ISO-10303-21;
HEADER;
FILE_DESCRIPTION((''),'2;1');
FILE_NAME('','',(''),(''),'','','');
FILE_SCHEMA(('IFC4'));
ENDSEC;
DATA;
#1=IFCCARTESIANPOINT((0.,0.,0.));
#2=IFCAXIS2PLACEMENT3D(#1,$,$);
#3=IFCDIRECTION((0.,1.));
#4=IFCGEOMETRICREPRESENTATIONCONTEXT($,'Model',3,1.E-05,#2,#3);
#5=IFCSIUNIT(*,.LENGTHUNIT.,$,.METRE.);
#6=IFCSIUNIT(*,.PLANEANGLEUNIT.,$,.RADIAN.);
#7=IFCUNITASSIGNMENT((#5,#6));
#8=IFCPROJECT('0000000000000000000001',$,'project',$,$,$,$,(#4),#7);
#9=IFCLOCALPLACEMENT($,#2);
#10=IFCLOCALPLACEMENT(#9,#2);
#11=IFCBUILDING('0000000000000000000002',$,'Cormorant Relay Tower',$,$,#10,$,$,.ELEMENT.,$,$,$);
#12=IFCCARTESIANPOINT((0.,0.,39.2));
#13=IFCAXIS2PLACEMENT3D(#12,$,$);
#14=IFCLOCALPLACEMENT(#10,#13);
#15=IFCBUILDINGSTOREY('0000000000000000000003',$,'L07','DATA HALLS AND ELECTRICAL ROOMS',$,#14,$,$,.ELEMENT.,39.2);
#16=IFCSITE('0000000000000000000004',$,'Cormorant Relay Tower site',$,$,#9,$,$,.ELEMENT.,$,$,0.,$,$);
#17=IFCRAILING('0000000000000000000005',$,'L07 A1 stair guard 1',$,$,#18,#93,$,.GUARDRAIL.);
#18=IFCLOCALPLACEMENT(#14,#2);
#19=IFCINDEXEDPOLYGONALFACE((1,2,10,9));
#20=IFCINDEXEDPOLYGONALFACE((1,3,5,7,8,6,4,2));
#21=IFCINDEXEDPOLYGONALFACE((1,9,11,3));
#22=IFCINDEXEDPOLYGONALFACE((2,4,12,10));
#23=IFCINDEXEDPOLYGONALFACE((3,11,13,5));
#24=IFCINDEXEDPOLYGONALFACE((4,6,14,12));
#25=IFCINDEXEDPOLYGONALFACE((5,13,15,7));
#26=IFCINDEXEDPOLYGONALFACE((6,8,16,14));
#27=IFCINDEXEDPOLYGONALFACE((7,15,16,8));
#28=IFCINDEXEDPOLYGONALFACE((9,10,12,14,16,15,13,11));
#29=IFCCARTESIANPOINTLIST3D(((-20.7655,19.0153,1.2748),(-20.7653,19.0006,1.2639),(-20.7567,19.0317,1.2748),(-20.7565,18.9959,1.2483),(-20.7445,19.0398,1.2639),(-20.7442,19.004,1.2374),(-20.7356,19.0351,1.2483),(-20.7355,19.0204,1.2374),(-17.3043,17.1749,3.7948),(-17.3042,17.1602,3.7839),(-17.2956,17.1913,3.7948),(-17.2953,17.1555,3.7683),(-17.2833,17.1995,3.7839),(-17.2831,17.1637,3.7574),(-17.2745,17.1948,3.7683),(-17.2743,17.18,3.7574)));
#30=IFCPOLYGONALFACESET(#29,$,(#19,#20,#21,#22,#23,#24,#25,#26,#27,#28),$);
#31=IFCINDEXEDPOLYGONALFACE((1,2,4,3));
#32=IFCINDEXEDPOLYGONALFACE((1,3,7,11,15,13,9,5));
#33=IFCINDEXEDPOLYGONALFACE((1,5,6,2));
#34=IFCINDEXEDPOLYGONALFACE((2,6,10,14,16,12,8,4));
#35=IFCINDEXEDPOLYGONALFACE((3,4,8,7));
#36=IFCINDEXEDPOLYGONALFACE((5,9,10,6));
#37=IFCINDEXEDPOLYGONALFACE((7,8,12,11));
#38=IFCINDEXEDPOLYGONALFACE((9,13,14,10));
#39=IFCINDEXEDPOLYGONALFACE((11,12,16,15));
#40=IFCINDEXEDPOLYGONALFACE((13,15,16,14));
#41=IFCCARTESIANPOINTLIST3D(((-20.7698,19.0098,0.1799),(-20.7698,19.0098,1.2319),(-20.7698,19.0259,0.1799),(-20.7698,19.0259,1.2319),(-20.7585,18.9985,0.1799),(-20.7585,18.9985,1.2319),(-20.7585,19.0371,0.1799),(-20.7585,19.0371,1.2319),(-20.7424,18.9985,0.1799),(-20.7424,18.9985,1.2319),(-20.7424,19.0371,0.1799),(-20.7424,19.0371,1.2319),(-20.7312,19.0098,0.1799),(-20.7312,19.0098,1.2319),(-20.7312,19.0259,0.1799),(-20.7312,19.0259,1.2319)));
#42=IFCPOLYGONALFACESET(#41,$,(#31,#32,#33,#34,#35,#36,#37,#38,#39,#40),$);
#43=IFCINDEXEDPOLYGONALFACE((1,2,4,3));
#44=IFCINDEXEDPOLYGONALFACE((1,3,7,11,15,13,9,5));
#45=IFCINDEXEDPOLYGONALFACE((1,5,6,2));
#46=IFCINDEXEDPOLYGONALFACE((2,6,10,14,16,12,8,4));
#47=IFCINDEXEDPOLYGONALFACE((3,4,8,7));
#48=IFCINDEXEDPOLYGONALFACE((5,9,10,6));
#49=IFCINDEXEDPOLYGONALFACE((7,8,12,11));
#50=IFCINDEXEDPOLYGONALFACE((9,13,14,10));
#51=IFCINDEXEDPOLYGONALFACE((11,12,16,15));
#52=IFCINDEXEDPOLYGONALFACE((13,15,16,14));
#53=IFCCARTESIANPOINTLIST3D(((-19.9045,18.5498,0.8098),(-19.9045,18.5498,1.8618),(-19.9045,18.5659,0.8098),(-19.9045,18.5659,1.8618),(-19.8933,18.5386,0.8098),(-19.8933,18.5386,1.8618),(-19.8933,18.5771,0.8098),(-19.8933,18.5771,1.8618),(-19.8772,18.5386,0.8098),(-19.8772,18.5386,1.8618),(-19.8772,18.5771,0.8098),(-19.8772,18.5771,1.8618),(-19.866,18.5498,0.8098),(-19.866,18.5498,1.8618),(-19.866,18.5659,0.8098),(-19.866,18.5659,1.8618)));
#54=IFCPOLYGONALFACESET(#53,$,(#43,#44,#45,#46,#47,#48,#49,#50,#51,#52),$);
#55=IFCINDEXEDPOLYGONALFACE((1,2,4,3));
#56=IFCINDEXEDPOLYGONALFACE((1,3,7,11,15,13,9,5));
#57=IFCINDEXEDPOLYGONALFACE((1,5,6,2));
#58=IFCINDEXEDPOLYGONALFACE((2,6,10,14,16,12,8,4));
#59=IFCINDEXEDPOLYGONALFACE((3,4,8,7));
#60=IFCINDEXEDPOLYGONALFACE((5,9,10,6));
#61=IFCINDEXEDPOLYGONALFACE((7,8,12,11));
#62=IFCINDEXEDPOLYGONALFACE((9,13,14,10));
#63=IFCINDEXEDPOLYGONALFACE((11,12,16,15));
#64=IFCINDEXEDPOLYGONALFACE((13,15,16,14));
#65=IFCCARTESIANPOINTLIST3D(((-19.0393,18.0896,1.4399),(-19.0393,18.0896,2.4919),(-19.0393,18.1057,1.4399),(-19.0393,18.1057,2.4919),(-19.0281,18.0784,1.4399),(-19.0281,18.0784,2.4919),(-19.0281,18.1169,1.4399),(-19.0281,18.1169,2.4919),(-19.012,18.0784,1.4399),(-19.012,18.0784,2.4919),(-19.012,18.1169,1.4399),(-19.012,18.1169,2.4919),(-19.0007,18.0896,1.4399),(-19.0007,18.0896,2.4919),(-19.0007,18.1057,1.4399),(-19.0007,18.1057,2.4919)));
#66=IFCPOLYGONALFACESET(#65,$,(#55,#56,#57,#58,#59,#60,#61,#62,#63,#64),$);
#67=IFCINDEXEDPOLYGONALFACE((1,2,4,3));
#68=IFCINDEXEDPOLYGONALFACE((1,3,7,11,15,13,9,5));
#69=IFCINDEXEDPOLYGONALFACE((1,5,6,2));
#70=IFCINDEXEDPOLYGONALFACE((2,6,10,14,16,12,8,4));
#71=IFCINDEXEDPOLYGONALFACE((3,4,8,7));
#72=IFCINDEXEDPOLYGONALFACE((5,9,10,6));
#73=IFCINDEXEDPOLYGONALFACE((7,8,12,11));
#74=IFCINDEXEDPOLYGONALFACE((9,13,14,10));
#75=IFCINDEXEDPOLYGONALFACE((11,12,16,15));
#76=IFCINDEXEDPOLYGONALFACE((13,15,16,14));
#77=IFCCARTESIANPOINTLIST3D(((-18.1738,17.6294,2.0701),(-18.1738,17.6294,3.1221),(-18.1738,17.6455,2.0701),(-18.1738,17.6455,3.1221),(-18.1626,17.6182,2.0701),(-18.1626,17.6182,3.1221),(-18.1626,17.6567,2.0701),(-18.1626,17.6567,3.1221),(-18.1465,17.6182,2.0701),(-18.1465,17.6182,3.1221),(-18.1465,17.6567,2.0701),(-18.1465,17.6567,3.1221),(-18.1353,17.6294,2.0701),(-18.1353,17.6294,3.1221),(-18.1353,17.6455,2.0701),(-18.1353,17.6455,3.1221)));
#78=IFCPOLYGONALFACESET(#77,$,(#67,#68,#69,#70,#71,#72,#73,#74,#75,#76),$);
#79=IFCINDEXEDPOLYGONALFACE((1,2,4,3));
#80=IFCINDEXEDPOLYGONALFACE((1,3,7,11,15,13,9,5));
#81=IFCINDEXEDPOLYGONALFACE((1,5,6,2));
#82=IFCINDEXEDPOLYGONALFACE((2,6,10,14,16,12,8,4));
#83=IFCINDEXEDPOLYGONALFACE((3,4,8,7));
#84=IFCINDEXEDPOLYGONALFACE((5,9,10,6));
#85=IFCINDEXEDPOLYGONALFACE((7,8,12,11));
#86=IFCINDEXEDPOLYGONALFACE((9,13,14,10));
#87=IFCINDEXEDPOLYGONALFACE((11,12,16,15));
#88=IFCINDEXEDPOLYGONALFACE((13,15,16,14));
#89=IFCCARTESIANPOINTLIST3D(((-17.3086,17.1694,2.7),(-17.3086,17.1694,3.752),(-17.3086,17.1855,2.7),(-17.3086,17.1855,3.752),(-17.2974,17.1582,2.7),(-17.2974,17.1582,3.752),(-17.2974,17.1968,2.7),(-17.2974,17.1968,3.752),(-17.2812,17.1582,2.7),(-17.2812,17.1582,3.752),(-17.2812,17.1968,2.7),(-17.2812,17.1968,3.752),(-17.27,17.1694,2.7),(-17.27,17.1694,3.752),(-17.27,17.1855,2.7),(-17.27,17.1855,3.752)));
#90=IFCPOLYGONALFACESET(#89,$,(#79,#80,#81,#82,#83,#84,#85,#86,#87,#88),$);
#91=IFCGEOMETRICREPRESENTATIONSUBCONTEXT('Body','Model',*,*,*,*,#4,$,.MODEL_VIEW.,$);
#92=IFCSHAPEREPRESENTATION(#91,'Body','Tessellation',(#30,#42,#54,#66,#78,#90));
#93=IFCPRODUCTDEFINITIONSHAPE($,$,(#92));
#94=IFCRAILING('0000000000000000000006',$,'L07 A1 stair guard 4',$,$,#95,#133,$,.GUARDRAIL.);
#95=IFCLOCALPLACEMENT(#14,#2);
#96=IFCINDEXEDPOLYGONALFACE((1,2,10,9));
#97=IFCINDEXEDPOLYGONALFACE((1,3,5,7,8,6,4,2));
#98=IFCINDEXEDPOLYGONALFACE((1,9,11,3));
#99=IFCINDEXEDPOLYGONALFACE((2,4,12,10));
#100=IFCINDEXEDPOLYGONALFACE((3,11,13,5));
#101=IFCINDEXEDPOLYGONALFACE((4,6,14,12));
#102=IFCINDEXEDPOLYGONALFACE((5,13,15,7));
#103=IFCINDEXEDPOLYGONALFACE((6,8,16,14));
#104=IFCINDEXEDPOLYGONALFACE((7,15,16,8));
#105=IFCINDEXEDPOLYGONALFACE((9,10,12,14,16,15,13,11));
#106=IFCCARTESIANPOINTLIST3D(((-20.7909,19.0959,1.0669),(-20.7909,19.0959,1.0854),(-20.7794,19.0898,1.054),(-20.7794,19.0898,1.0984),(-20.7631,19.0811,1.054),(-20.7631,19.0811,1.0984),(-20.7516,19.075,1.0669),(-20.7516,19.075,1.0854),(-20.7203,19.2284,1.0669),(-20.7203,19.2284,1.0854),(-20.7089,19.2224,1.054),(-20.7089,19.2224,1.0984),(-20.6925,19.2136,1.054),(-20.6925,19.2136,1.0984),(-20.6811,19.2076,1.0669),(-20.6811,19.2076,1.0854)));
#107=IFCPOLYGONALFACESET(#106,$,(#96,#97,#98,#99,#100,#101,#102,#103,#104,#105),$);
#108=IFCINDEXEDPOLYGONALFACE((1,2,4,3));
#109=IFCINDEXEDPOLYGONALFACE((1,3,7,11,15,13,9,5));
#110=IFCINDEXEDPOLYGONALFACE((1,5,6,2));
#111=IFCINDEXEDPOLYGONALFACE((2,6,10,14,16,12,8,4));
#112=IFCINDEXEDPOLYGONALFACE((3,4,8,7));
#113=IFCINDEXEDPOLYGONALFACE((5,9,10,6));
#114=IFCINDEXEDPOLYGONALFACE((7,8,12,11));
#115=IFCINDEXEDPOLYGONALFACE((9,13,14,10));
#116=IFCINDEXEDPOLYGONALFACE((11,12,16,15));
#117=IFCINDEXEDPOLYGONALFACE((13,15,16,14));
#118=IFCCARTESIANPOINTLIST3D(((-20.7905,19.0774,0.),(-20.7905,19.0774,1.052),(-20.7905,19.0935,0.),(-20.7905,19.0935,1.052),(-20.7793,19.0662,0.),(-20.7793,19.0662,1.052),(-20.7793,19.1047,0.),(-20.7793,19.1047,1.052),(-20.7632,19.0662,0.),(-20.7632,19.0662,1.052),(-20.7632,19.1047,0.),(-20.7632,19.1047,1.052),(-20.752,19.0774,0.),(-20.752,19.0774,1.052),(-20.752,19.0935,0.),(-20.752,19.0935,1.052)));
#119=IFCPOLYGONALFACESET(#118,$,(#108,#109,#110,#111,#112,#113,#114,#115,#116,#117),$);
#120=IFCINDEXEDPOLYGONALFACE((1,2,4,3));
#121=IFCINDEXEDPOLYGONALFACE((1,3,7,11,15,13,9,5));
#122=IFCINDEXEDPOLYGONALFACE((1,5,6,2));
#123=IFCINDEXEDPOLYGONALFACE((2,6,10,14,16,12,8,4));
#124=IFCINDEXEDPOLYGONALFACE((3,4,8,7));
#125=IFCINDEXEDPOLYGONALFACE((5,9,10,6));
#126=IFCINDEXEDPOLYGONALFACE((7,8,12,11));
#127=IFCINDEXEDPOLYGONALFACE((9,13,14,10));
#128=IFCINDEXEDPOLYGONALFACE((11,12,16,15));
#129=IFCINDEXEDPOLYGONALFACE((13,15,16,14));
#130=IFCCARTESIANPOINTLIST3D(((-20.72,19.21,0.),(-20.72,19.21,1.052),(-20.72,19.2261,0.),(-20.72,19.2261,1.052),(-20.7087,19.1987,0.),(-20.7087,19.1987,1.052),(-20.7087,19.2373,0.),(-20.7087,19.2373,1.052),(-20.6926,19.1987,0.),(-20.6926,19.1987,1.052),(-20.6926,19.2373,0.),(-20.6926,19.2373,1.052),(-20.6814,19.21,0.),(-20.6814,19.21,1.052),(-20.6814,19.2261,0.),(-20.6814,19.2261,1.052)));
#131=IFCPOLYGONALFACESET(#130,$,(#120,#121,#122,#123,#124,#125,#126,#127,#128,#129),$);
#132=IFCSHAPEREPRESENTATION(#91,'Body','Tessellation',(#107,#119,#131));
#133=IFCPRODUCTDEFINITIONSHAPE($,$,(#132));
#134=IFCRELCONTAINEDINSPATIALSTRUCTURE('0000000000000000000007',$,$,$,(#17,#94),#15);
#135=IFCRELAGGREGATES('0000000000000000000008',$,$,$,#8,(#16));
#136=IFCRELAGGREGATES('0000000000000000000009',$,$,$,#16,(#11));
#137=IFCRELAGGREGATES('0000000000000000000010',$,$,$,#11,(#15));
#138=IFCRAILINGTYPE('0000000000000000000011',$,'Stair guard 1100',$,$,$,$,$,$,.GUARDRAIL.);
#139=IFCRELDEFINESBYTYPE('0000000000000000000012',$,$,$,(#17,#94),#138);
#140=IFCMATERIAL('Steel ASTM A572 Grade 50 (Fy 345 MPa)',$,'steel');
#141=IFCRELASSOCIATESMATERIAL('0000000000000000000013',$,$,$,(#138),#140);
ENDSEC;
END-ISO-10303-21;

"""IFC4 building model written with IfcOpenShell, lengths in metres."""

from ifc_helpers import new_model, si_unit, direction, frame, origin, place, context, subcontext, project, spatial, polyline, outline, extrude, material, type_object, element, save


model = new_model("IFC4")

# Units and contexts
model_context = context("Model", 3, precision=1e-05, world=origin(), true_north=direction((0.0, 1.0)))
body_context = subcontext(model_context, "Body", "Model", "MODEL_VIEW")
ifc_project = project(units=[si_unit("LENGTHUNIT", "METRE"), si_unit("PLANEANGLEUNIT", "RADIAN")], contexts=[model_context])

# Site, building, storey
site_placement = place(None, origin())
site = spatial("IfcSite", under=ifc_project, at=site_placement, Name="Cormorant Relay Tower site", CompositionType="ELEMENT", RefElevation=0.0)
building_placement = place(site_placement, origin())
building = spatial("IfcBuilding", under=site, at=building_placement, Name="Cormorant Relay Tower", CompositionType="ELEMENT")
storey_placement = place(building_placement, frame((0.0, 0.0, 39.2)))
storey = spatial("IfcBuildingStorey", under=building, at=storey_placement, Name="L07", Description="DATA HALLS AND ELECTRICAL ROOMS", CompositionType="ELEMENT", Elevation=39.2)

# Railings
ifc_material_1 = material(Name="Steel ASTM A572 Grade 50 (Fy 345 MPa)", Category="steel")
railing_type_1 = type_object("IfcRailingType", Name="Stair guard 1100", PredefinedType="GUARDRAIL", material=ifc_material_1)
railing_1_placement = place(storey_placement, frame((-20.7505, 19.0178, 0.1799)))
element("IfcRailing", 1, at=railing_1_placement, inside=storey, type_object=railing_type_1, Name="L07 A1 stair guard 1", PredefinedType="GUARDRAIL", context=body_context, shape_type="SweptSolid", body=[
    extrude(outline(polyline([(0.0222, 0.0093), (0.0093, 0.0222), (-0.0093, 0.0222), (-0.0222, 0.0093), (-0.0222, -0.0093), (-0.0093, -0.0222), (0.0093, -0.0222), (0.0222, -0.0093), (0.0222, 0.0093)])), frame((0.0, 0.0, 1.0762), z_axis=(0.742717, -0.394907, 0.540758), x_axis=(0.469469, 0.882949, 0.0)), (0.0, 0.0, 1.0), 4.6602),
    extrude(outline(polyline([(0.0193, 0.0081), (0.0081, 0.0193), (-0.0081, 0.0193), (-0.0193, 0.0081), (-0.0193, -0.0081), (-0.0081, -0.0193), (0.0081, -0.0193), (0.0193, -0.0081), (0.0193, 0.0081)])), origin(), (0.0, 0.0, 1.0), 1.052),
    extrude(outline(polyline([(0.0193, 0.0081), (0.0081, 0.0193), (-0.0081, 0.0193), (-0.0193, 0.0081), (-0.0193, -0.0081), (-0.0081, -0.0193), (0.0081, -0.0193), (0.0193, -0.0081), (0.0193, 0.0081)])), frame((0.8652, -0.46, 0.6299)), (0.0, 0.0, 1.0), 1.052),
    extrude(outline(polyline([(0.0193, 0.0081), (0.0081, 0.0193), (-0.0081, 0.0193), (-0.0193, 0.0081), (-0.0193, -0.0081), (-0.0081, -0.0193), (0.0081, -0.0193), (0.0193, -0.0081), (0.0193, 0.0081)])), frame((1.7305, -0.9202, 1.26)), (0.0, 0.0, 1.0), 1.052),
    extrude(outline(polyline([(0.0193, 0.0081), (0.0081, 0.0193), (-0.0081, 0.0193), (-0.0193, 0.0081), (-0.0193, -0.0081), (-0.0081, -0.0193), (0.0081, -0.0193), (0.0193, -0.0081), (0.0193, 0.0081)])), frame((2.5959, -1.3804, 1.8901)), (0.0, 0.0, 1.0), 1.052),
    extrude(outline(polyline([(0.0193, 0.0081), (0.0081, 0.0193), (-0.0081, 0.0193), (-0.0193, 0.0081), (-0.0193, -0.0081), (-0.0081, -0.0193), (0.0081, -0.0193), (0.0193, -0.0081), (0.0193, 0.0081)])), frame((3.4612, -1.8403, 2.52)), (0.0, 0.0, 1.0), 1.052),
])
railing_2_placement = place(storey_placement, frame((-20.7712, 19.0854, 0.0)))
element("IfcRailing", 2, at=railing_2_placement, inside=storey, type_object=railing_type_1, Name="L07 A1 stair guard 4", PredefinedType="GUARDRAIL", context=body_context, shape_type="SweptSolid", body=[
    extrude(outline(polyline([(0.0222, 0.0093), (0.0093, 0.0222), (-0.0093, 0.0222), (-0.0222, 0.0093), (-0.0222, -0.0093), (-0.0093, -0.0222), (0.0093, -0.0222), (0.0222, -0.0093), (0.0222, 0.0093)])), frame((0.0, 0.0, 1.0762), z_axis=(0.469829, 0.882758, 0.0), x_axis=(-0.882758, 0.469829, 0.0)), (0.0, 0.0, 1.0), 0.1501),
    extrude(outline(polyline([(0.0193, 0.0081), (0.0081, 0.0193), (-0.0081, 0.0193), (-0.0193, 0.0081), (-0.0193, -0.0081), (-0.0081, -0.0193), (0.0081, -0.0193), (0.0193, -0.0081), (0.0193, 0.0081)])), origin(), (0.0, 0.0, 1.0), 1.052),
    extrude(outline(polyline([(0.0193, 0.0081), (0.0081, 0.0193), (-0.0081, 0.0193), (-0.0193, 0.0081), (-0.0193, -0.0081), (-0.0081, -0.0193), (0.0081, -0.0193), (0.0193, -0.0081), (0.0193, 0.0081)])), frame((0.0706, 0.1326, 0.0)), (0.0, 0.0, 1.0), 1.052),
])

save(model, "model.ifc")
